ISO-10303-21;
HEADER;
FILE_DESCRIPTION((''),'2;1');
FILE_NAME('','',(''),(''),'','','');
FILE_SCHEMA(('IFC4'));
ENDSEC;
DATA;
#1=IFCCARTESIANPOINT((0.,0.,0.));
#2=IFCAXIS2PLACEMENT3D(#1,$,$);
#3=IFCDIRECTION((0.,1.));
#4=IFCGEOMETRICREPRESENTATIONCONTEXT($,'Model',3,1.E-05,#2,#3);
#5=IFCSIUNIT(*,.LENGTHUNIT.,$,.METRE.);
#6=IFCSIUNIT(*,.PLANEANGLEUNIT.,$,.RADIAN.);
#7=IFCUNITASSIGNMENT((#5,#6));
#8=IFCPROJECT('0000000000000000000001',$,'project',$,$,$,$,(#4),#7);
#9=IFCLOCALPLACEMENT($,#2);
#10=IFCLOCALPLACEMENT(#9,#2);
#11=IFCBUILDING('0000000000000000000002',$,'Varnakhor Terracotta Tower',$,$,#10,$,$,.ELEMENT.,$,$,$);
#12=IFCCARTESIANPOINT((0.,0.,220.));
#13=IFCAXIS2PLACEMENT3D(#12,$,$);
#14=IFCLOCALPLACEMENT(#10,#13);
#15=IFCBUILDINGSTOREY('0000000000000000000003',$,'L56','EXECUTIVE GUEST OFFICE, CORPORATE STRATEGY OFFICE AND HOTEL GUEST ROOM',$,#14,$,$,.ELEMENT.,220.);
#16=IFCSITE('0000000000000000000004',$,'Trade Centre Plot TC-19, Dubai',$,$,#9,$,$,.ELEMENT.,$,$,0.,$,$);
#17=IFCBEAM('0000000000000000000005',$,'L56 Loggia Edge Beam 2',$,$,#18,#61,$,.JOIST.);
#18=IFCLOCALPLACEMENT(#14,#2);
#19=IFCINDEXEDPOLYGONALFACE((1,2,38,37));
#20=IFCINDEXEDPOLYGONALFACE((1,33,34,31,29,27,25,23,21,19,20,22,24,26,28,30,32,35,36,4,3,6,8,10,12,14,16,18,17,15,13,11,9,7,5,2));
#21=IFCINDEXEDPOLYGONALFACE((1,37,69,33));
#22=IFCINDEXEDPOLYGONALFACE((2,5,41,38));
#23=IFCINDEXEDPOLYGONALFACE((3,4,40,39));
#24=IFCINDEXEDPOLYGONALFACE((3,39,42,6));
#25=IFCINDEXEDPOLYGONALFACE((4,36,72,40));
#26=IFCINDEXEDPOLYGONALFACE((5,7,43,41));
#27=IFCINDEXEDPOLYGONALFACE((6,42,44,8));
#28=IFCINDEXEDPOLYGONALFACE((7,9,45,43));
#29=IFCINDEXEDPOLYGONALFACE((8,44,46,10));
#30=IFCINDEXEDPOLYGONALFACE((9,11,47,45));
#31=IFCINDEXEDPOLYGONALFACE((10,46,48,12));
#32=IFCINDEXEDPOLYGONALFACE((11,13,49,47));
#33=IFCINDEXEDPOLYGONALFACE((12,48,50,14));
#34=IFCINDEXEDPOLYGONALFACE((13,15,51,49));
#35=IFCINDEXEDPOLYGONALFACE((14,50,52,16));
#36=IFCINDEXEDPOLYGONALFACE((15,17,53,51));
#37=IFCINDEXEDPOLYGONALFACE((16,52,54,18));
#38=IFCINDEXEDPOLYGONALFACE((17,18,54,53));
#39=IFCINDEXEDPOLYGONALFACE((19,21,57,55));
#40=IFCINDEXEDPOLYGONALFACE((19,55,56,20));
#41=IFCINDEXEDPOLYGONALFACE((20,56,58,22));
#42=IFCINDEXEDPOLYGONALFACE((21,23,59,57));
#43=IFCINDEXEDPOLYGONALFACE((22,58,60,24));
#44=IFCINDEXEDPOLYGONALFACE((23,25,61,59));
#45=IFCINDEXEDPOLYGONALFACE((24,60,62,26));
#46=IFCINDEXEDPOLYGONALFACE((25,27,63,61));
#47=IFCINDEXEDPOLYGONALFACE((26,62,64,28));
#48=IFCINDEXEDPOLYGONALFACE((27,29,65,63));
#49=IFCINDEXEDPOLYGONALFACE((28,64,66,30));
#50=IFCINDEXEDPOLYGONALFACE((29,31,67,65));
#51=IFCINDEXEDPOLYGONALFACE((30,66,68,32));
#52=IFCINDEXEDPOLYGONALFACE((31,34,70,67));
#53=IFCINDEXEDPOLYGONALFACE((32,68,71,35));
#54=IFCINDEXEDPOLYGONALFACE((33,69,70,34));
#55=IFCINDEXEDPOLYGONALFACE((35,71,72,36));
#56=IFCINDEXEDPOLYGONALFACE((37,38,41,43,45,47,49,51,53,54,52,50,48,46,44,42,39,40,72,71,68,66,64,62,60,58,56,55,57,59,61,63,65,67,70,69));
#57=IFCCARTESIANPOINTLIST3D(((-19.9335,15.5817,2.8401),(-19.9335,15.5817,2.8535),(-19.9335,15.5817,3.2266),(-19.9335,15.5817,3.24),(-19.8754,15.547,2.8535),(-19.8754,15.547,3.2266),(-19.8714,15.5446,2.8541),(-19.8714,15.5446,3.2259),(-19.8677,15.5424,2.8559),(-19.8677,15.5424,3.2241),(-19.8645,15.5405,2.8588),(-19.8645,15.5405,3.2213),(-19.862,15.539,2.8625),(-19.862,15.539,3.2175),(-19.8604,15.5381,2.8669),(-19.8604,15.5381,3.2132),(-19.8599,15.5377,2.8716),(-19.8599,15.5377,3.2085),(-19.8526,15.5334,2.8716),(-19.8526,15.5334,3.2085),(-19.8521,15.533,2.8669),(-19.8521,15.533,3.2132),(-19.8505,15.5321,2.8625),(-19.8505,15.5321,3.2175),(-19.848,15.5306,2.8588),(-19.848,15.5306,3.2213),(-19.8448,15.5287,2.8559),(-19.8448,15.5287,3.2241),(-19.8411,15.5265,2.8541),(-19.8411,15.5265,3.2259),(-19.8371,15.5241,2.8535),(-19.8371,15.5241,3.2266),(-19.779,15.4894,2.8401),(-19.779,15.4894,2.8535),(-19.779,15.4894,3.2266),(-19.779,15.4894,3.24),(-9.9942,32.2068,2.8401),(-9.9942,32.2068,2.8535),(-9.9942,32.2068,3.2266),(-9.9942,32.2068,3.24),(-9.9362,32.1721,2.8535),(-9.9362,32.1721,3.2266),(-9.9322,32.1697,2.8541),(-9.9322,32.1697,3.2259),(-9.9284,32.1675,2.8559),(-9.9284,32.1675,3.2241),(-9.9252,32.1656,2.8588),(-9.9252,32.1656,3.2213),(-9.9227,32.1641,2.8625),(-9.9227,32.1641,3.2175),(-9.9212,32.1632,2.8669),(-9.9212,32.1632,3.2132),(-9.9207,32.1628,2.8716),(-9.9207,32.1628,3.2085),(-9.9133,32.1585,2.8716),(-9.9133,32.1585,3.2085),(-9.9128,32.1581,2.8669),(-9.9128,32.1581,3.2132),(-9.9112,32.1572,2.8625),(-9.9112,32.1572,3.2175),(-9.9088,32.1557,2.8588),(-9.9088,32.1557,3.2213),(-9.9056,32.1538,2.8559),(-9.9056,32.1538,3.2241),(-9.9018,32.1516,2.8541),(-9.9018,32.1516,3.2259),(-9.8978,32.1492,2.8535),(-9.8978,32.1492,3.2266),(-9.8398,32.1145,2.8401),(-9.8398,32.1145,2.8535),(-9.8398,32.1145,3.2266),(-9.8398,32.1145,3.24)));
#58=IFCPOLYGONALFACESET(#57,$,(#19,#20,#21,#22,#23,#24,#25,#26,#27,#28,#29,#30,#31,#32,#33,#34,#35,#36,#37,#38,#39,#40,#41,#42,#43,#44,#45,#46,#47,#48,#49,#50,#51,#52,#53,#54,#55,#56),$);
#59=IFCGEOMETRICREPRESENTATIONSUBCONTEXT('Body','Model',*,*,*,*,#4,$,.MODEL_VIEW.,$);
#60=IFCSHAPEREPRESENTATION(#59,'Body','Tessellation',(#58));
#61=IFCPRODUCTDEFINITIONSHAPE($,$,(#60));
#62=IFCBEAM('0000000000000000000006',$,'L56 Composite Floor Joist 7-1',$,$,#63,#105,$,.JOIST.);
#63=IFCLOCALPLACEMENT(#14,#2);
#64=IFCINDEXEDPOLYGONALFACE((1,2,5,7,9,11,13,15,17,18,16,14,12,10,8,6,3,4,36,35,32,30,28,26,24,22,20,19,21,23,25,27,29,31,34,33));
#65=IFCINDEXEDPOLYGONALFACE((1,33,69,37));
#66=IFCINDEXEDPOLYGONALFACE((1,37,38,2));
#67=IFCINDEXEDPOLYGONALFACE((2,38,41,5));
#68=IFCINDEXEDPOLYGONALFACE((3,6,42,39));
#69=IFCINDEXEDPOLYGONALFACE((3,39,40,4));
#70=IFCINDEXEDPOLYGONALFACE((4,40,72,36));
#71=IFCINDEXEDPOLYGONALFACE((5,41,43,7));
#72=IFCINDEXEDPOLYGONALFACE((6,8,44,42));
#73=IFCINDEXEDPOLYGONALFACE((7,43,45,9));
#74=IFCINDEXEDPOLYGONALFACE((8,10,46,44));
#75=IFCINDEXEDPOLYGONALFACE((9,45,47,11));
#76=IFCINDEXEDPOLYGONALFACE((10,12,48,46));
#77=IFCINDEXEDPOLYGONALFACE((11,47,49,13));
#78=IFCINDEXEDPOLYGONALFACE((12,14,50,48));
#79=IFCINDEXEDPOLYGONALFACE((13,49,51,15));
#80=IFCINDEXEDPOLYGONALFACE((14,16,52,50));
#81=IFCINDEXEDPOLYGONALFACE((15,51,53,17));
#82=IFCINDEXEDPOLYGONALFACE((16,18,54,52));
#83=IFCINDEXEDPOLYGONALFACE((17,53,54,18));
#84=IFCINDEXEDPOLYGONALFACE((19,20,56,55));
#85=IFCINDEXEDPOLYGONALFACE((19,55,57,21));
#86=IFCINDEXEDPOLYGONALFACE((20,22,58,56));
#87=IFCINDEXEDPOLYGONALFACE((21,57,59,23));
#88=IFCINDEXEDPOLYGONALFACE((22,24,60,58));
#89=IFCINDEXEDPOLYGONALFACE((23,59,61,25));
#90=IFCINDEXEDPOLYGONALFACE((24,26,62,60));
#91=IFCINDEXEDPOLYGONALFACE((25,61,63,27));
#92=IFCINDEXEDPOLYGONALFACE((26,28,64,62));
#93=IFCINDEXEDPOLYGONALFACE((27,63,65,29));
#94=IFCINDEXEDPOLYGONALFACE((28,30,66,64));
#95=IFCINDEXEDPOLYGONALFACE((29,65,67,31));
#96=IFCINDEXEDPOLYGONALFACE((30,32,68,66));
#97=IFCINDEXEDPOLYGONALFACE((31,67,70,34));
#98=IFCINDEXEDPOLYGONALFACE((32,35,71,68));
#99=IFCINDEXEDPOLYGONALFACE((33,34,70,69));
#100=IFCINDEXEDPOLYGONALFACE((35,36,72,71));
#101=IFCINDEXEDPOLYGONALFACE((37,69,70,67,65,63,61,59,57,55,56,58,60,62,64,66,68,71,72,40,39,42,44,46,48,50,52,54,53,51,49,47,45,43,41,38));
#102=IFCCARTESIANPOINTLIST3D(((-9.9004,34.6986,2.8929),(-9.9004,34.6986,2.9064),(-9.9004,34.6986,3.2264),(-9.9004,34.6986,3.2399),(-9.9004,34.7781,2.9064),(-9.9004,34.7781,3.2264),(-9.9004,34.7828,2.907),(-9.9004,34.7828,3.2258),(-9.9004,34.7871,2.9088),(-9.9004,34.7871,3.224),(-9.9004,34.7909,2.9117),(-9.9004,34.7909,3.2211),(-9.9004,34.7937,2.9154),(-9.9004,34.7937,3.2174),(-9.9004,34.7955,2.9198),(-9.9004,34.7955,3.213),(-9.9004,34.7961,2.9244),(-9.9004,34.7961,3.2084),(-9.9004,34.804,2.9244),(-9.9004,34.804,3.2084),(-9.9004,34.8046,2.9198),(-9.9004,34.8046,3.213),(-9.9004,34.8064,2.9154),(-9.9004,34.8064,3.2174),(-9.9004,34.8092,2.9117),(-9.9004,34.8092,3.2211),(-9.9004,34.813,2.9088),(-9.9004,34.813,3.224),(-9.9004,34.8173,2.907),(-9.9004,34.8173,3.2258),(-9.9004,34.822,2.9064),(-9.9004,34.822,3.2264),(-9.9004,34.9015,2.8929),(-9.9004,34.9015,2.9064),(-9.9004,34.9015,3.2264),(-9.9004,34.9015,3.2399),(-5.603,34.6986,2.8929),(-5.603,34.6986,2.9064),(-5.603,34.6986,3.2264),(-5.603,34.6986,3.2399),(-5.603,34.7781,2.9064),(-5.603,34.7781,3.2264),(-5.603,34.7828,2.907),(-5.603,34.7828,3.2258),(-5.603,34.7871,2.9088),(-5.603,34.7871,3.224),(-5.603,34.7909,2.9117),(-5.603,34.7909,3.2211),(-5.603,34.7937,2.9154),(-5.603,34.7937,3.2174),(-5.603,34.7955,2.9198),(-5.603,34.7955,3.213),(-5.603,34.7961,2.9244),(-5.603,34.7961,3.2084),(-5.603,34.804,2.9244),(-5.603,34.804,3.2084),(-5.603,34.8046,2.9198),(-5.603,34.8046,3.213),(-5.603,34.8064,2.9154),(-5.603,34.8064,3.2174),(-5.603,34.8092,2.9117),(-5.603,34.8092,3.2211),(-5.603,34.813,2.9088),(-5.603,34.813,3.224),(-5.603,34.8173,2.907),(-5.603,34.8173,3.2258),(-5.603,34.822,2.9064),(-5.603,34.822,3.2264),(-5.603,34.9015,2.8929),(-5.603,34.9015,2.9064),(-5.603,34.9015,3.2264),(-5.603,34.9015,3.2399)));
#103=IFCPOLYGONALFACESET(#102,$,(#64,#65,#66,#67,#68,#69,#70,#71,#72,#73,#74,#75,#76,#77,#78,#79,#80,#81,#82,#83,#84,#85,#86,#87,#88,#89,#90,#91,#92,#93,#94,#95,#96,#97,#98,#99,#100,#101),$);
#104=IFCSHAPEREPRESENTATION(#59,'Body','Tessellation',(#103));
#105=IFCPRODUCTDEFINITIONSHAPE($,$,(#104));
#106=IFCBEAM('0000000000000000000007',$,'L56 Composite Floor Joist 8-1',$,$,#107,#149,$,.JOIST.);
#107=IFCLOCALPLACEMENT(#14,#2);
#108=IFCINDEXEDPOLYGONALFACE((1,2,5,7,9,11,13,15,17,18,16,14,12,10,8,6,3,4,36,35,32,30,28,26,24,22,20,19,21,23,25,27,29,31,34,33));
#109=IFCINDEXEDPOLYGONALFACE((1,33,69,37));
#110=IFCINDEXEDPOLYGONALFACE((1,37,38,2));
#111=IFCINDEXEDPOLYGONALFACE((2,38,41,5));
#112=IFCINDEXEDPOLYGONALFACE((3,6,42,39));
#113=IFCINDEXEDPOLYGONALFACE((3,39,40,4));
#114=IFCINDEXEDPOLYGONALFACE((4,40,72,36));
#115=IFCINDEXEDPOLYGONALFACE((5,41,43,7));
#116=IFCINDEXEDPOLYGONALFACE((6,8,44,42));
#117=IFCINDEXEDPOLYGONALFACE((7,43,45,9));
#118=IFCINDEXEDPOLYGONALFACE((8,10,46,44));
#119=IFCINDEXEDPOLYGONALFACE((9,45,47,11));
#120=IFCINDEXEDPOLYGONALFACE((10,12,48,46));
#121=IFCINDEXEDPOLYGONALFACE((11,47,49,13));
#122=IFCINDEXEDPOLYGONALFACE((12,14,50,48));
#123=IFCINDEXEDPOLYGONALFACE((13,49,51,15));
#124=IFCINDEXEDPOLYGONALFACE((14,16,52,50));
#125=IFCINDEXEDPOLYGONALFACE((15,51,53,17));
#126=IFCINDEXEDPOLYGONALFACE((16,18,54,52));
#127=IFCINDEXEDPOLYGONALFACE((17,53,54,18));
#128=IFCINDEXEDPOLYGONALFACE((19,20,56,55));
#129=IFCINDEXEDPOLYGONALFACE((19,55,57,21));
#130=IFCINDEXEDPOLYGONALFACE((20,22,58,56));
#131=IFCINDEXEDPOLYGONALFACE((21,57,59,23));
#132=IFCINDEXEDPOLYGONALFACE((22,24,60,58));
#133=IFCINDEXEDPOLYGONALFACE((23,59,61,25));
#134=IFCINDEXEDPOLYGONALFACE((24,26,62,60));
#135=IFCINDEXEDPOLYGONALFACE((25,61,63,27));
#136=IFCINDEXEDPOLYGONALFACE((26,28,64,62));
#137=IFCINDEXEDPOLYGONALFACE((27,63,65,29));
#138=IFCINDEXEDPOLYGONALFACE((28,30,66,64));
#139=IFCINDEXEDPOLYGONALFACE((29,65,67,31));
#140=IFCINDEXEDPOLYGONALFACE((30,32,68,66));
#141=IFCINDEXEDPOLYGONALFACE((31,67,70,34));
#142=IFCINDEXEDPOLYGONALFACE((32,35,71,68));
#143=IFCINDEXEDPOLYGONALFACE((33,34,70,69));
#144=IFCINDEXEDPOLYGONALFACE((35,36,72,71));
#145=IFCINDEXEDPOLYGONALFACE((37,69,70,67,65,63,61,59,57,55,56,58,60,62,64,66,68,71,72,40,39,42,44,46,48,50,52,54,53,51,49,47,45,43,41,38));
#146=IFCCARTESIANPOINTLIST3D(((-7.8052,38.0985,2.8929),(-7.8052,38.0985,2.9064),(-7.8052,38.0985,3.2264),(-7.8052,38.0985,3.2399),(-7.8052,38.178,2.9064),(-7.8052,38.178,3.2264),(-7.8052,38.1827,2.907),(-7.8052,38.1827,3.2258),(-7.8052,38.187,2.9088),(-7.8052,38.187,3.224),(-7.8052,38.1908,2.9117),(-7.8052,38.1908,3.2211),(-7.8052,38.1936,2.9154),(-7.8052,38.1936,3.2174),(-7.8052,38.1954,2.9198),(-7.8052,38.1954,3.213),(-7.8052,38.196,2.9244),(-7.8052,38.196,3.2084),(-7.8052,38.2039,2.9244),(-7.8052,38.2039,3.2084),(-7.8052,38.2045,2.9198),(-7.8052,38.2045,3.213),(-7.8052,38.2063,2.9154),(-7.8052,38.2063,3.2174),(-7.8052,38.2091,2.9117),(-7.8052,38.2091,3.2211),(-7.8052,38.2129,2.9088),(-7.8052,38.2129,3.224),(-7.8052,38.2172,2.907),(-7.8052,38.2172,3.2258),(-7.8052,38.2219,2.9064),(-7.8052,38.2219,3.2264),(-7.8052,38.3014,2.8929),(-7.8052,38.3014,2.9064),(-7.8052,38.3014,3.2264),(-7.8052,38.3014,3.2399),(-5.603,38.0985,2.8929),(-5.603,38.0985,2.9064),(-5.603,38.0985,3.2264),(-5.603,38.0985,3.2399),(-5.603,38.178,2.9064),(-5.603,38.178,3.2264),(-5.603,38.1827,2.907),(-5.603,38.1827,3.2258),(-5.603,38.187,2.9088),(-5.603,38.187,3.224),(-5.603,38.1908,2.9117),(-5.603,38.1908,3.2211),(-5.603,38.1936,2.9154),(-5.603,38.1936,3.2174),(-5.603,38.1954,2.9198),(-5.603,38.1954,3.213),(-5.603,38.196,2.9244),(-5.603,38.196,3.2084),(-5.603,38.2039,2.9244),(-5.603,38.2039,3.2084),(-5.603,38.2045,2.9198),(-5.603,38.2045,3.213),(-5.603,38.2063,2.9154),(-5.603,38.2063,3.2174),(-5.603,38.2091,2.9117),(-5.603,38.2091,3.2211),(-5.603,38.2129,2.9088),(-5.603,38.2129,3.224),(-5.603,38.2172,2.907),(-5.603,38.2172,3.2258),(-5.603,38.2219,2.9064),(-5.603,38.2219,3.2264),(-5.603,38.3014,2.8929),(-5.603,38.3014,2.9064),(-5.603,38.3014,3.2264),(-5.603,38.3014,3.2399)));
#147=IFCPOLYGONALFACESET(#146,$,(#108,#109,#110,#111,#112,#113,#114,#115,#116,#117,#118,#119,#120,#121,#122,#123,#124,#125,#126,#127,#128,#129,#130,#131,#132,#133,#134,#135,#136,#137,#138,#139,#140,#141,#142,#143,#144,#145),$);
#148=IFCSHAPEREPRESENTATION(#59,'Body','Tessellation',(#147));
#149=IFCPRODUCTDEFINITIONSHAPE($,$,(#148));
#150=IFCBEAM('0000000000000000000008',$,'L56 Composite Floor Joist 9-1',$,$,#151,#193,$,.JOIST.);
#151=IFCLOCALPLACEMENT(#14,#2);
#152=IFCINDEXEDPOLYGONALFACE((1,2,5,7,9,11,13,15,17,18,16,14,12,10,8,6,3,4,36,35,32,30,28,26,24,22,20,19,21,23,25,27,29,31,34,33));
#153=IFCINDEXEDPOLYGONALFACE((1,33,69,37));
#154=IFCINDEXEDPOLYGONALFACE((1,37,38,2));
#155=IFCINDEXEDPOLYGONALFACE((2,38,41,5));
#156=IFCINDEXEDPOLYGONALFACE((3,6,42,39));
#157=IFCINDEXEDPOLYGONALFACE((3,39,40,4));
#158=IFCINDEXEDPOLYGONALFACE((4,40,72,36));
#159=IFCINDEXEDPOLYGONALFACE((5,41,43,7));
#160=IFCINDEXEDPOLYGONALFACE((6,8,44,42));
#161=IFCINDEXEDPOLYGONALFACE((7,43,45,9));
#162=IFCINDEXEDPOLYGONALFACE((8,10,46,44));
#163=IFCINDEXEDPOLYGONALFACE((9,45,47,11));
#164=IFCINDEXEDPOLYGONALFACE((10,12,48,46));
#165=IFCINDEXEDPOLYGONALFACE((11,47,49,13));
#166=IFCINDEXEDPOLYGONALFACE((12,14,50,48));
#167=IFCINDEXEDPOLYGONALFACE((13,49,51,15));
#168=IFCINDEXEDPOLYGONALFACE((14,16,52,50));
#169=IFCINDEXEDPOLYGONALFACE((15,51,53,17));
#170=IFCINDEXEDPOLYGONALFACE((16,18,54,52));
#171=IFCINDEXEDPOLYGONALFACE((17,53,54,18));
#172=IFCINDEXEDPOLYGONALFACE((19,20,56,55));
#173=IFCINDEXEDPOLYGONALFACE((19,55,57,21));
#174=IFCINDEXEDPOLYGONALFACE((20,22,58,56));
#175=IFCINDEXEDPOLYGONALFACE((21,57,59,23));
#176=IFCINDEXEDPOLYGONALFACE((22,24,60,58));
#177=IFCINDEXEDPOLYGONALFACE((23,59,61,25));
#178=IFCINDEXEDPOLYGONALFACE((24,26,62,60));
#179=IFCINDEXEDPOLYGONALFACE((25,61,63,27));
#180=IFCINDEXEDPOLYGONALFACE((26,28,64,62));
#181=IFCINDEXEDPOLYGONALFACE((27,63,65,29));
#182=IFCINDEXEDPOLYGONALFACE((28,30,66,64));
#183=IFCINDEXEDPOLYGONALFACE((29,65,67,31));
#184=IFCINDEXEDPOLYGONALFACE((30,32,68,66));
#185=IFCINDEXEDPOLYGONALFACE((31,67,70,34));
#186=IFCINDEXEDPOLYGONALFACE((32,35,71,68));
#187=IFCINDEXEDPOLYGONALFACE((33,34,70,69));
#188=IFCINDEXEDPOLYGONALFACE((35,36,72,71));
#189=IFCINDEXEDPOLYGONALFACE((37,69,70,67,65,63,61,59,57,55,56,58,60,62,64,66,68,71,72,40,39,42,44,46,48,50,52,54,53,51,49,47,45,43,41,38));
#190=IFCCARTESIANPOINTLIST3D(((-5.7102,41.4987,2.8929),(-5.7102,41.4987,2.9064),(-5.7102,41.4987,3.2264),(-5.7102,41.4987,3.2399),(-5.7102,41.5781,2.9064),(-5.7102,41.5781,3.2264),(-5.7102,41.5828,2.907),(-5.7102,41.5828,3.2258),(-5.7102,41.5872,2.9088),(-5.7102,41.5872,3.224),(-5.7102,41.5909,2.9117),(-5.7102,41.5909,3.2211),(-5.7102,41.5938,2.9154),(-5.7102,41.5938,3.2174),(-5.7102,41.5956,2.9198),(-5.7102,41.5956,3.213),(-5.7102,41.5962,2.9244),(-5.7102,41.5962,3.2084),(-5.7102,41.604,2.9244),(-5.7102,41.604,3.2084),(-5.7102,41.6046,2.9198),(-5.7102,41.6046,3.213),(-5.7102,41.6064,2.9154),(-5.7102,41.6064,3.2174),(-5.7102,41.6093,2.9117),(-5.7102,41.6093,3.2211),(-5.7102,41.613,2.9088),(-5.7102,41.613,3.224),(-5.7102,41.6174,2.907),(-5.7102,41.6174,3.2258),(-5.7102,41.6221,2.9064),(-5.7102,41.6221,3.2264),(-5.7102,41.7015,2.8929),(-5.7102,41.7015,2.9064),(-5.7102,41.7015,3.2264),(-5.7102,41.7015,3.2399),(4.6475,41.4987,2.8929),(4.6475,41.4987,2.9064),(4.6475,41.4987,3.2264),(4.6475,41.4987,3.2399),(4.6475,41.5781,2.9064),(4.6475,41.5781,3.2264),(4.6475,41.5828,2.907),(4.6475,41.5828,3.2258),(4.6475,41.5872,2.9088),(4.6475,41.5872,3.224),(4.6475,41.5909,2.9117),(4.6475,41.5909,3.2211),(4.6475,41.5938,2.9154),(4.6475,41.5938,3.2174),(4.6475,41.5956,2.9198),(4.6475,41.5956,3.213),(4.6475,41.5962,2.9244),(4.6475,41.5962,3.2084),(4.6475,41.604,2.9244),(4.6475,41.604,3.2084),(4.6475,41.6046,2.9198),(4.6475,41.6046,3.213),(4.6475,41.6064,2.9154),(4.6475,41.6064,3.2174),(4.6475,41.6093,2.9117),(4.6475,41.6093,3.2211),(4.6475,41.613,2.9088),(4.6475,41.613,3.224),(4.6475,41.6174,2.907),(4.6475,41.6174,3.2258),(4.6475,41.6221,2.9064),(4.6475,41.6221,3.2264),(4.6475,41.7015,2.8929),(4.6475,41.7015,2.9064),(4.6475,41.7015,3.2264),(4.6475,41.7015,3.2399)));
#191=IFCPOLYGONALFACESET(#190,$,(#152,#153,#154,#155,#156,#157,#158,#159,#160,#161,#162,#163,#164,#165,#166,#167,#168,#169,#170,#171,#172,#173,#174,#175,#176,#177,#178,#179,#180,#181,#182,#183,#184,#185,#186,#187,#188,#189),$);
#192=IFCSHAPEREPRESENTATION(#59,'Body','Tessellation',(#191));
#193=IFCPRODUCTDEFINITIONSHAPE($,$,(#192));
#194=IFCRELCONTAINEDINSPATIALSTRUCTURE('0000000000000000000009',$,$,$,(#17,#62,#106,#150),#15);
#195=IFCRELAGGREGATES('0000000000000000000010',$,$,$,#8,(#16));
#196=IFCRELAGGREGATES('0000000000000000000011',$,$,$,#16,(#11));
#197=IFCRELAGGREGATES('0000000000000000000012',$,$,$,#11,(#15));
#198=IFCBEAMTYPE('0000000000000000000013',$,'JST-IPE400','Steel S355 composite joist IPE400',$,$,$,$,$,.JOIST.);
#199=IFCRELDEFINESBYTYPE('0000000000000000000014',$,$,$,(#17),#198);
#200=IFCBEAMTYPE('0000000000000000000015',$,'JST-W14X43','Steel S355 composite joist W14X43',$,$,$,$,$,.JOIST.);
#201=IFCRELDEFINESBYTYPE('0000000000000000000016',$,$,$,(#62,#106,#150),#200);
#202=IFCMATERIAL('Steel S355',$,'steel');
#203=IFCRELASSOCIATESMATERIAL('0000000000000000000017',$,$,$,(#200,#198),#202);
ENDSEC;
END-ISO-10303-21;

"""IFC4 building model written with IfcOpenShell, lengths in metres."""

from ifc_helpers import new_model, si_unit, direction, frame, origin, origin_2d, place, context, subcontext, project, spatial, i_section, extrude, source, transform, mapped, material, material_profile, profile_set, type_object, element, save


model = new_model("IFC4")

# Units and contexts
model_context = context("Model", 3, precision=1e-05, world=origin(), true_north=direction((0.0, 1.0)))
body_context = subcontext(model_context, "Body", "Model", "MODEL_VIEW")
ifc_project = project(units=[si_unit("LENGTHUNIT", "METRE"), si_unit("PLANEANGLEUNIT", "RADIAN")], contexts=[model_context])

# Site, building, storey
site_placement = place(None, origin())
site = spatial("IfcSite", under=ifc_project, at=site_placement, Name="Trade Centre Plot TC-19, Dubai", CompositionType="ELEMENT", RefElevation=0.0)
building_placement = place(site_placement, origin())
building = spatial("IfcBuilding", under=site, at=building_placement, Name="Varnakhor Terracotta Tower", CompositionType="ELEMENT")
storey_placement = place(building_placement, frame((0.0, 0.0, 220.0)))
storey = spatial("IfcBuildingStorey", under=building, at=storey_placement, Name="L56", Description="EXECUTIVE GUEST OFFICE, CORPORATE STRATEGY OFFICE AND HOTEL GUEST ROOM", CompositionType="ELEMENT", Elevation=220.0)

# Beams
ifc_material_1 = material(Name="Steel S355", Category="steel")
ifc_material_profile_1 = material_profile(ifc_material_1, i_section(OverallWidth=0.2029, OverallDepth=0.3469, WebThickness=0.0078, FlangeThickness=0.0134, FilletRadius=0.0181, at=origin_2d()), Name="W14X43")
ifc_profile_set_1 = profile_set([ifc_material_profile_1], Name="Steel S355")
beam_type_1 = type_object("IfcBeamType", Name="JST-W14X43", Description="Steel S355 composite joist W14X43", PredefinedType="JOIST", material=ifc_profile_set_1)
ifc_material_profile_2 = material_profile(ifc_material_1, i_section(OverallWidth=0.1799, OverallDepth=0.3999, WebThickness=0.0085, FlangeThickness=0.0134, FilletRadius=0.0181, at=origin_2d()), Name="IPE400")
ifc_profile_set_2 = profile_set([ifc_material_profile_2], Name="Steel S355")
beam_type_2 = type_object("IfcBeamType", Name="JST-IPE400", Description="Steel S355 composite joist IPE400", PredefinedType="JOIST", material=ifc_profile_set_2)
shared_shape_1 = source(origin(), body_context, "Body", "SweptSolid", [
    extrude(i_section(OverallWidth=0.1799, OverallDepth=0.3999, WebThickness=0.0085, FlangeThickness=0.0134, FilletRadius=0.0181, at=origin_2d()), origin(), (0.0, 0.0, 1.0), 19.3696),
])
beam_1_placement = place(storey_placement, frame((-9.917, 32.1606, 3.04), z_axis=(-0.513136, -0.858307, 0.0), x_axis=(0.858307, -0.513136, 0.0)))
element("IfcBeam", 1, at=beam_1_placement, inside=storey, type_object=beam_type_2, Name="L56 Loggia Edge Beam 2", PredefinedType="JOIST", context=body_context, shape_type="MappedRepresentation", body=[
    mapped(shared_shape_1, transform((0.0, 0.0, 0.0), scale=1.0)),
])
shared_shape_2 = source(origin(), body_context, "Body", "SweptSolid", [
    extrude(i_section(OverallWidth=0.2029, OverallDepth=0.3469, WebThickness=0.0078, FlangeThickness=0.0134, FilletRadius=0.0181, at=origin_2d()), origin(), (0.0, 0.0, 1.0), 4.2974),
])
beam_2_placement = place(storey_placement, frame((-9.9004, 34.8, 3.0664), z_axis=(1.0, 0.0, 0.0), x_axis=(0.0, 1.0, 0.0)))
element("IfcBeam", 2, at=beam_2_placement, inside=storey, type_object=beam_type_1, Name="L56 Composite Floor Joist 7-1", PredefinedType="JOIST", context=body_context, shape_type="MappedRepresentation", body=[
    mapped(shared_shape_2, transform((0.0, 0.0, 0.0), scale=1.0)),
])
shared_shape_3 = source(origin(), body_context, "Body", "SweptSolid", [
    extrude(i_section(OverallWidth=0.2029, OverallDepth=0.3469, WebThickness=0.0078, FlangeThickness=0.0134, FilletRadius=0.0181, at=origin_2d()), origin(), (0.0, 0.0, 1.0), 2.2021),
])
beam_3_placement = place(storey_placement, frame((-7.8052, 38.2, 3.0664), z_axis=(1.0, 0.0, 0.0), x_axis=(0.0, 1.0, 0.0)))
element("IfcBeam", 3, at=beam_3_placement, inside=storey, type_object=beam_type_1, Name="L56 Composite Floor Joist 8-1", PredefinedType="JOIST", context=body_context, shape_type="MappedRepresentation", body=[
    mapped(shared_shape_3, transform((0.0, 0.0, 0.0), scale=1.0)),
])
shared_shape_4 = source(origin(), body_context, "Body", "SweptSolid", [
    extrude(i_section(OverallWidth=0.2029, OverallDepth=0.3469, WebThickness=0.0078, FlangeThickness=0.0134, FilletRadius=0.0181, at=origin_2d()), origin(), (0.0, 0.0, 1.0), 10.3577),
])
beam_4_placement = place(storey_placement, frame((-5.7102, 41.6001, 3.0664), z_axis=(1.0, 0.0, 0.0), x_axis=(0.0, 1.0, 0.0)))
element("IfcBeam", 4, at=beam_4_placement, inside=storey, type_object=beam_type_1, Name="L56 Composite Floor Joist 9-1", PredefinedType="JOIST", context=body_context, shape_type="MappedRepresentation", body=[
    mapped(shared_shape_4, transform((0.0, 0.0, 0.0), scale=1.0)),
])

save(model, "model.ifc")
